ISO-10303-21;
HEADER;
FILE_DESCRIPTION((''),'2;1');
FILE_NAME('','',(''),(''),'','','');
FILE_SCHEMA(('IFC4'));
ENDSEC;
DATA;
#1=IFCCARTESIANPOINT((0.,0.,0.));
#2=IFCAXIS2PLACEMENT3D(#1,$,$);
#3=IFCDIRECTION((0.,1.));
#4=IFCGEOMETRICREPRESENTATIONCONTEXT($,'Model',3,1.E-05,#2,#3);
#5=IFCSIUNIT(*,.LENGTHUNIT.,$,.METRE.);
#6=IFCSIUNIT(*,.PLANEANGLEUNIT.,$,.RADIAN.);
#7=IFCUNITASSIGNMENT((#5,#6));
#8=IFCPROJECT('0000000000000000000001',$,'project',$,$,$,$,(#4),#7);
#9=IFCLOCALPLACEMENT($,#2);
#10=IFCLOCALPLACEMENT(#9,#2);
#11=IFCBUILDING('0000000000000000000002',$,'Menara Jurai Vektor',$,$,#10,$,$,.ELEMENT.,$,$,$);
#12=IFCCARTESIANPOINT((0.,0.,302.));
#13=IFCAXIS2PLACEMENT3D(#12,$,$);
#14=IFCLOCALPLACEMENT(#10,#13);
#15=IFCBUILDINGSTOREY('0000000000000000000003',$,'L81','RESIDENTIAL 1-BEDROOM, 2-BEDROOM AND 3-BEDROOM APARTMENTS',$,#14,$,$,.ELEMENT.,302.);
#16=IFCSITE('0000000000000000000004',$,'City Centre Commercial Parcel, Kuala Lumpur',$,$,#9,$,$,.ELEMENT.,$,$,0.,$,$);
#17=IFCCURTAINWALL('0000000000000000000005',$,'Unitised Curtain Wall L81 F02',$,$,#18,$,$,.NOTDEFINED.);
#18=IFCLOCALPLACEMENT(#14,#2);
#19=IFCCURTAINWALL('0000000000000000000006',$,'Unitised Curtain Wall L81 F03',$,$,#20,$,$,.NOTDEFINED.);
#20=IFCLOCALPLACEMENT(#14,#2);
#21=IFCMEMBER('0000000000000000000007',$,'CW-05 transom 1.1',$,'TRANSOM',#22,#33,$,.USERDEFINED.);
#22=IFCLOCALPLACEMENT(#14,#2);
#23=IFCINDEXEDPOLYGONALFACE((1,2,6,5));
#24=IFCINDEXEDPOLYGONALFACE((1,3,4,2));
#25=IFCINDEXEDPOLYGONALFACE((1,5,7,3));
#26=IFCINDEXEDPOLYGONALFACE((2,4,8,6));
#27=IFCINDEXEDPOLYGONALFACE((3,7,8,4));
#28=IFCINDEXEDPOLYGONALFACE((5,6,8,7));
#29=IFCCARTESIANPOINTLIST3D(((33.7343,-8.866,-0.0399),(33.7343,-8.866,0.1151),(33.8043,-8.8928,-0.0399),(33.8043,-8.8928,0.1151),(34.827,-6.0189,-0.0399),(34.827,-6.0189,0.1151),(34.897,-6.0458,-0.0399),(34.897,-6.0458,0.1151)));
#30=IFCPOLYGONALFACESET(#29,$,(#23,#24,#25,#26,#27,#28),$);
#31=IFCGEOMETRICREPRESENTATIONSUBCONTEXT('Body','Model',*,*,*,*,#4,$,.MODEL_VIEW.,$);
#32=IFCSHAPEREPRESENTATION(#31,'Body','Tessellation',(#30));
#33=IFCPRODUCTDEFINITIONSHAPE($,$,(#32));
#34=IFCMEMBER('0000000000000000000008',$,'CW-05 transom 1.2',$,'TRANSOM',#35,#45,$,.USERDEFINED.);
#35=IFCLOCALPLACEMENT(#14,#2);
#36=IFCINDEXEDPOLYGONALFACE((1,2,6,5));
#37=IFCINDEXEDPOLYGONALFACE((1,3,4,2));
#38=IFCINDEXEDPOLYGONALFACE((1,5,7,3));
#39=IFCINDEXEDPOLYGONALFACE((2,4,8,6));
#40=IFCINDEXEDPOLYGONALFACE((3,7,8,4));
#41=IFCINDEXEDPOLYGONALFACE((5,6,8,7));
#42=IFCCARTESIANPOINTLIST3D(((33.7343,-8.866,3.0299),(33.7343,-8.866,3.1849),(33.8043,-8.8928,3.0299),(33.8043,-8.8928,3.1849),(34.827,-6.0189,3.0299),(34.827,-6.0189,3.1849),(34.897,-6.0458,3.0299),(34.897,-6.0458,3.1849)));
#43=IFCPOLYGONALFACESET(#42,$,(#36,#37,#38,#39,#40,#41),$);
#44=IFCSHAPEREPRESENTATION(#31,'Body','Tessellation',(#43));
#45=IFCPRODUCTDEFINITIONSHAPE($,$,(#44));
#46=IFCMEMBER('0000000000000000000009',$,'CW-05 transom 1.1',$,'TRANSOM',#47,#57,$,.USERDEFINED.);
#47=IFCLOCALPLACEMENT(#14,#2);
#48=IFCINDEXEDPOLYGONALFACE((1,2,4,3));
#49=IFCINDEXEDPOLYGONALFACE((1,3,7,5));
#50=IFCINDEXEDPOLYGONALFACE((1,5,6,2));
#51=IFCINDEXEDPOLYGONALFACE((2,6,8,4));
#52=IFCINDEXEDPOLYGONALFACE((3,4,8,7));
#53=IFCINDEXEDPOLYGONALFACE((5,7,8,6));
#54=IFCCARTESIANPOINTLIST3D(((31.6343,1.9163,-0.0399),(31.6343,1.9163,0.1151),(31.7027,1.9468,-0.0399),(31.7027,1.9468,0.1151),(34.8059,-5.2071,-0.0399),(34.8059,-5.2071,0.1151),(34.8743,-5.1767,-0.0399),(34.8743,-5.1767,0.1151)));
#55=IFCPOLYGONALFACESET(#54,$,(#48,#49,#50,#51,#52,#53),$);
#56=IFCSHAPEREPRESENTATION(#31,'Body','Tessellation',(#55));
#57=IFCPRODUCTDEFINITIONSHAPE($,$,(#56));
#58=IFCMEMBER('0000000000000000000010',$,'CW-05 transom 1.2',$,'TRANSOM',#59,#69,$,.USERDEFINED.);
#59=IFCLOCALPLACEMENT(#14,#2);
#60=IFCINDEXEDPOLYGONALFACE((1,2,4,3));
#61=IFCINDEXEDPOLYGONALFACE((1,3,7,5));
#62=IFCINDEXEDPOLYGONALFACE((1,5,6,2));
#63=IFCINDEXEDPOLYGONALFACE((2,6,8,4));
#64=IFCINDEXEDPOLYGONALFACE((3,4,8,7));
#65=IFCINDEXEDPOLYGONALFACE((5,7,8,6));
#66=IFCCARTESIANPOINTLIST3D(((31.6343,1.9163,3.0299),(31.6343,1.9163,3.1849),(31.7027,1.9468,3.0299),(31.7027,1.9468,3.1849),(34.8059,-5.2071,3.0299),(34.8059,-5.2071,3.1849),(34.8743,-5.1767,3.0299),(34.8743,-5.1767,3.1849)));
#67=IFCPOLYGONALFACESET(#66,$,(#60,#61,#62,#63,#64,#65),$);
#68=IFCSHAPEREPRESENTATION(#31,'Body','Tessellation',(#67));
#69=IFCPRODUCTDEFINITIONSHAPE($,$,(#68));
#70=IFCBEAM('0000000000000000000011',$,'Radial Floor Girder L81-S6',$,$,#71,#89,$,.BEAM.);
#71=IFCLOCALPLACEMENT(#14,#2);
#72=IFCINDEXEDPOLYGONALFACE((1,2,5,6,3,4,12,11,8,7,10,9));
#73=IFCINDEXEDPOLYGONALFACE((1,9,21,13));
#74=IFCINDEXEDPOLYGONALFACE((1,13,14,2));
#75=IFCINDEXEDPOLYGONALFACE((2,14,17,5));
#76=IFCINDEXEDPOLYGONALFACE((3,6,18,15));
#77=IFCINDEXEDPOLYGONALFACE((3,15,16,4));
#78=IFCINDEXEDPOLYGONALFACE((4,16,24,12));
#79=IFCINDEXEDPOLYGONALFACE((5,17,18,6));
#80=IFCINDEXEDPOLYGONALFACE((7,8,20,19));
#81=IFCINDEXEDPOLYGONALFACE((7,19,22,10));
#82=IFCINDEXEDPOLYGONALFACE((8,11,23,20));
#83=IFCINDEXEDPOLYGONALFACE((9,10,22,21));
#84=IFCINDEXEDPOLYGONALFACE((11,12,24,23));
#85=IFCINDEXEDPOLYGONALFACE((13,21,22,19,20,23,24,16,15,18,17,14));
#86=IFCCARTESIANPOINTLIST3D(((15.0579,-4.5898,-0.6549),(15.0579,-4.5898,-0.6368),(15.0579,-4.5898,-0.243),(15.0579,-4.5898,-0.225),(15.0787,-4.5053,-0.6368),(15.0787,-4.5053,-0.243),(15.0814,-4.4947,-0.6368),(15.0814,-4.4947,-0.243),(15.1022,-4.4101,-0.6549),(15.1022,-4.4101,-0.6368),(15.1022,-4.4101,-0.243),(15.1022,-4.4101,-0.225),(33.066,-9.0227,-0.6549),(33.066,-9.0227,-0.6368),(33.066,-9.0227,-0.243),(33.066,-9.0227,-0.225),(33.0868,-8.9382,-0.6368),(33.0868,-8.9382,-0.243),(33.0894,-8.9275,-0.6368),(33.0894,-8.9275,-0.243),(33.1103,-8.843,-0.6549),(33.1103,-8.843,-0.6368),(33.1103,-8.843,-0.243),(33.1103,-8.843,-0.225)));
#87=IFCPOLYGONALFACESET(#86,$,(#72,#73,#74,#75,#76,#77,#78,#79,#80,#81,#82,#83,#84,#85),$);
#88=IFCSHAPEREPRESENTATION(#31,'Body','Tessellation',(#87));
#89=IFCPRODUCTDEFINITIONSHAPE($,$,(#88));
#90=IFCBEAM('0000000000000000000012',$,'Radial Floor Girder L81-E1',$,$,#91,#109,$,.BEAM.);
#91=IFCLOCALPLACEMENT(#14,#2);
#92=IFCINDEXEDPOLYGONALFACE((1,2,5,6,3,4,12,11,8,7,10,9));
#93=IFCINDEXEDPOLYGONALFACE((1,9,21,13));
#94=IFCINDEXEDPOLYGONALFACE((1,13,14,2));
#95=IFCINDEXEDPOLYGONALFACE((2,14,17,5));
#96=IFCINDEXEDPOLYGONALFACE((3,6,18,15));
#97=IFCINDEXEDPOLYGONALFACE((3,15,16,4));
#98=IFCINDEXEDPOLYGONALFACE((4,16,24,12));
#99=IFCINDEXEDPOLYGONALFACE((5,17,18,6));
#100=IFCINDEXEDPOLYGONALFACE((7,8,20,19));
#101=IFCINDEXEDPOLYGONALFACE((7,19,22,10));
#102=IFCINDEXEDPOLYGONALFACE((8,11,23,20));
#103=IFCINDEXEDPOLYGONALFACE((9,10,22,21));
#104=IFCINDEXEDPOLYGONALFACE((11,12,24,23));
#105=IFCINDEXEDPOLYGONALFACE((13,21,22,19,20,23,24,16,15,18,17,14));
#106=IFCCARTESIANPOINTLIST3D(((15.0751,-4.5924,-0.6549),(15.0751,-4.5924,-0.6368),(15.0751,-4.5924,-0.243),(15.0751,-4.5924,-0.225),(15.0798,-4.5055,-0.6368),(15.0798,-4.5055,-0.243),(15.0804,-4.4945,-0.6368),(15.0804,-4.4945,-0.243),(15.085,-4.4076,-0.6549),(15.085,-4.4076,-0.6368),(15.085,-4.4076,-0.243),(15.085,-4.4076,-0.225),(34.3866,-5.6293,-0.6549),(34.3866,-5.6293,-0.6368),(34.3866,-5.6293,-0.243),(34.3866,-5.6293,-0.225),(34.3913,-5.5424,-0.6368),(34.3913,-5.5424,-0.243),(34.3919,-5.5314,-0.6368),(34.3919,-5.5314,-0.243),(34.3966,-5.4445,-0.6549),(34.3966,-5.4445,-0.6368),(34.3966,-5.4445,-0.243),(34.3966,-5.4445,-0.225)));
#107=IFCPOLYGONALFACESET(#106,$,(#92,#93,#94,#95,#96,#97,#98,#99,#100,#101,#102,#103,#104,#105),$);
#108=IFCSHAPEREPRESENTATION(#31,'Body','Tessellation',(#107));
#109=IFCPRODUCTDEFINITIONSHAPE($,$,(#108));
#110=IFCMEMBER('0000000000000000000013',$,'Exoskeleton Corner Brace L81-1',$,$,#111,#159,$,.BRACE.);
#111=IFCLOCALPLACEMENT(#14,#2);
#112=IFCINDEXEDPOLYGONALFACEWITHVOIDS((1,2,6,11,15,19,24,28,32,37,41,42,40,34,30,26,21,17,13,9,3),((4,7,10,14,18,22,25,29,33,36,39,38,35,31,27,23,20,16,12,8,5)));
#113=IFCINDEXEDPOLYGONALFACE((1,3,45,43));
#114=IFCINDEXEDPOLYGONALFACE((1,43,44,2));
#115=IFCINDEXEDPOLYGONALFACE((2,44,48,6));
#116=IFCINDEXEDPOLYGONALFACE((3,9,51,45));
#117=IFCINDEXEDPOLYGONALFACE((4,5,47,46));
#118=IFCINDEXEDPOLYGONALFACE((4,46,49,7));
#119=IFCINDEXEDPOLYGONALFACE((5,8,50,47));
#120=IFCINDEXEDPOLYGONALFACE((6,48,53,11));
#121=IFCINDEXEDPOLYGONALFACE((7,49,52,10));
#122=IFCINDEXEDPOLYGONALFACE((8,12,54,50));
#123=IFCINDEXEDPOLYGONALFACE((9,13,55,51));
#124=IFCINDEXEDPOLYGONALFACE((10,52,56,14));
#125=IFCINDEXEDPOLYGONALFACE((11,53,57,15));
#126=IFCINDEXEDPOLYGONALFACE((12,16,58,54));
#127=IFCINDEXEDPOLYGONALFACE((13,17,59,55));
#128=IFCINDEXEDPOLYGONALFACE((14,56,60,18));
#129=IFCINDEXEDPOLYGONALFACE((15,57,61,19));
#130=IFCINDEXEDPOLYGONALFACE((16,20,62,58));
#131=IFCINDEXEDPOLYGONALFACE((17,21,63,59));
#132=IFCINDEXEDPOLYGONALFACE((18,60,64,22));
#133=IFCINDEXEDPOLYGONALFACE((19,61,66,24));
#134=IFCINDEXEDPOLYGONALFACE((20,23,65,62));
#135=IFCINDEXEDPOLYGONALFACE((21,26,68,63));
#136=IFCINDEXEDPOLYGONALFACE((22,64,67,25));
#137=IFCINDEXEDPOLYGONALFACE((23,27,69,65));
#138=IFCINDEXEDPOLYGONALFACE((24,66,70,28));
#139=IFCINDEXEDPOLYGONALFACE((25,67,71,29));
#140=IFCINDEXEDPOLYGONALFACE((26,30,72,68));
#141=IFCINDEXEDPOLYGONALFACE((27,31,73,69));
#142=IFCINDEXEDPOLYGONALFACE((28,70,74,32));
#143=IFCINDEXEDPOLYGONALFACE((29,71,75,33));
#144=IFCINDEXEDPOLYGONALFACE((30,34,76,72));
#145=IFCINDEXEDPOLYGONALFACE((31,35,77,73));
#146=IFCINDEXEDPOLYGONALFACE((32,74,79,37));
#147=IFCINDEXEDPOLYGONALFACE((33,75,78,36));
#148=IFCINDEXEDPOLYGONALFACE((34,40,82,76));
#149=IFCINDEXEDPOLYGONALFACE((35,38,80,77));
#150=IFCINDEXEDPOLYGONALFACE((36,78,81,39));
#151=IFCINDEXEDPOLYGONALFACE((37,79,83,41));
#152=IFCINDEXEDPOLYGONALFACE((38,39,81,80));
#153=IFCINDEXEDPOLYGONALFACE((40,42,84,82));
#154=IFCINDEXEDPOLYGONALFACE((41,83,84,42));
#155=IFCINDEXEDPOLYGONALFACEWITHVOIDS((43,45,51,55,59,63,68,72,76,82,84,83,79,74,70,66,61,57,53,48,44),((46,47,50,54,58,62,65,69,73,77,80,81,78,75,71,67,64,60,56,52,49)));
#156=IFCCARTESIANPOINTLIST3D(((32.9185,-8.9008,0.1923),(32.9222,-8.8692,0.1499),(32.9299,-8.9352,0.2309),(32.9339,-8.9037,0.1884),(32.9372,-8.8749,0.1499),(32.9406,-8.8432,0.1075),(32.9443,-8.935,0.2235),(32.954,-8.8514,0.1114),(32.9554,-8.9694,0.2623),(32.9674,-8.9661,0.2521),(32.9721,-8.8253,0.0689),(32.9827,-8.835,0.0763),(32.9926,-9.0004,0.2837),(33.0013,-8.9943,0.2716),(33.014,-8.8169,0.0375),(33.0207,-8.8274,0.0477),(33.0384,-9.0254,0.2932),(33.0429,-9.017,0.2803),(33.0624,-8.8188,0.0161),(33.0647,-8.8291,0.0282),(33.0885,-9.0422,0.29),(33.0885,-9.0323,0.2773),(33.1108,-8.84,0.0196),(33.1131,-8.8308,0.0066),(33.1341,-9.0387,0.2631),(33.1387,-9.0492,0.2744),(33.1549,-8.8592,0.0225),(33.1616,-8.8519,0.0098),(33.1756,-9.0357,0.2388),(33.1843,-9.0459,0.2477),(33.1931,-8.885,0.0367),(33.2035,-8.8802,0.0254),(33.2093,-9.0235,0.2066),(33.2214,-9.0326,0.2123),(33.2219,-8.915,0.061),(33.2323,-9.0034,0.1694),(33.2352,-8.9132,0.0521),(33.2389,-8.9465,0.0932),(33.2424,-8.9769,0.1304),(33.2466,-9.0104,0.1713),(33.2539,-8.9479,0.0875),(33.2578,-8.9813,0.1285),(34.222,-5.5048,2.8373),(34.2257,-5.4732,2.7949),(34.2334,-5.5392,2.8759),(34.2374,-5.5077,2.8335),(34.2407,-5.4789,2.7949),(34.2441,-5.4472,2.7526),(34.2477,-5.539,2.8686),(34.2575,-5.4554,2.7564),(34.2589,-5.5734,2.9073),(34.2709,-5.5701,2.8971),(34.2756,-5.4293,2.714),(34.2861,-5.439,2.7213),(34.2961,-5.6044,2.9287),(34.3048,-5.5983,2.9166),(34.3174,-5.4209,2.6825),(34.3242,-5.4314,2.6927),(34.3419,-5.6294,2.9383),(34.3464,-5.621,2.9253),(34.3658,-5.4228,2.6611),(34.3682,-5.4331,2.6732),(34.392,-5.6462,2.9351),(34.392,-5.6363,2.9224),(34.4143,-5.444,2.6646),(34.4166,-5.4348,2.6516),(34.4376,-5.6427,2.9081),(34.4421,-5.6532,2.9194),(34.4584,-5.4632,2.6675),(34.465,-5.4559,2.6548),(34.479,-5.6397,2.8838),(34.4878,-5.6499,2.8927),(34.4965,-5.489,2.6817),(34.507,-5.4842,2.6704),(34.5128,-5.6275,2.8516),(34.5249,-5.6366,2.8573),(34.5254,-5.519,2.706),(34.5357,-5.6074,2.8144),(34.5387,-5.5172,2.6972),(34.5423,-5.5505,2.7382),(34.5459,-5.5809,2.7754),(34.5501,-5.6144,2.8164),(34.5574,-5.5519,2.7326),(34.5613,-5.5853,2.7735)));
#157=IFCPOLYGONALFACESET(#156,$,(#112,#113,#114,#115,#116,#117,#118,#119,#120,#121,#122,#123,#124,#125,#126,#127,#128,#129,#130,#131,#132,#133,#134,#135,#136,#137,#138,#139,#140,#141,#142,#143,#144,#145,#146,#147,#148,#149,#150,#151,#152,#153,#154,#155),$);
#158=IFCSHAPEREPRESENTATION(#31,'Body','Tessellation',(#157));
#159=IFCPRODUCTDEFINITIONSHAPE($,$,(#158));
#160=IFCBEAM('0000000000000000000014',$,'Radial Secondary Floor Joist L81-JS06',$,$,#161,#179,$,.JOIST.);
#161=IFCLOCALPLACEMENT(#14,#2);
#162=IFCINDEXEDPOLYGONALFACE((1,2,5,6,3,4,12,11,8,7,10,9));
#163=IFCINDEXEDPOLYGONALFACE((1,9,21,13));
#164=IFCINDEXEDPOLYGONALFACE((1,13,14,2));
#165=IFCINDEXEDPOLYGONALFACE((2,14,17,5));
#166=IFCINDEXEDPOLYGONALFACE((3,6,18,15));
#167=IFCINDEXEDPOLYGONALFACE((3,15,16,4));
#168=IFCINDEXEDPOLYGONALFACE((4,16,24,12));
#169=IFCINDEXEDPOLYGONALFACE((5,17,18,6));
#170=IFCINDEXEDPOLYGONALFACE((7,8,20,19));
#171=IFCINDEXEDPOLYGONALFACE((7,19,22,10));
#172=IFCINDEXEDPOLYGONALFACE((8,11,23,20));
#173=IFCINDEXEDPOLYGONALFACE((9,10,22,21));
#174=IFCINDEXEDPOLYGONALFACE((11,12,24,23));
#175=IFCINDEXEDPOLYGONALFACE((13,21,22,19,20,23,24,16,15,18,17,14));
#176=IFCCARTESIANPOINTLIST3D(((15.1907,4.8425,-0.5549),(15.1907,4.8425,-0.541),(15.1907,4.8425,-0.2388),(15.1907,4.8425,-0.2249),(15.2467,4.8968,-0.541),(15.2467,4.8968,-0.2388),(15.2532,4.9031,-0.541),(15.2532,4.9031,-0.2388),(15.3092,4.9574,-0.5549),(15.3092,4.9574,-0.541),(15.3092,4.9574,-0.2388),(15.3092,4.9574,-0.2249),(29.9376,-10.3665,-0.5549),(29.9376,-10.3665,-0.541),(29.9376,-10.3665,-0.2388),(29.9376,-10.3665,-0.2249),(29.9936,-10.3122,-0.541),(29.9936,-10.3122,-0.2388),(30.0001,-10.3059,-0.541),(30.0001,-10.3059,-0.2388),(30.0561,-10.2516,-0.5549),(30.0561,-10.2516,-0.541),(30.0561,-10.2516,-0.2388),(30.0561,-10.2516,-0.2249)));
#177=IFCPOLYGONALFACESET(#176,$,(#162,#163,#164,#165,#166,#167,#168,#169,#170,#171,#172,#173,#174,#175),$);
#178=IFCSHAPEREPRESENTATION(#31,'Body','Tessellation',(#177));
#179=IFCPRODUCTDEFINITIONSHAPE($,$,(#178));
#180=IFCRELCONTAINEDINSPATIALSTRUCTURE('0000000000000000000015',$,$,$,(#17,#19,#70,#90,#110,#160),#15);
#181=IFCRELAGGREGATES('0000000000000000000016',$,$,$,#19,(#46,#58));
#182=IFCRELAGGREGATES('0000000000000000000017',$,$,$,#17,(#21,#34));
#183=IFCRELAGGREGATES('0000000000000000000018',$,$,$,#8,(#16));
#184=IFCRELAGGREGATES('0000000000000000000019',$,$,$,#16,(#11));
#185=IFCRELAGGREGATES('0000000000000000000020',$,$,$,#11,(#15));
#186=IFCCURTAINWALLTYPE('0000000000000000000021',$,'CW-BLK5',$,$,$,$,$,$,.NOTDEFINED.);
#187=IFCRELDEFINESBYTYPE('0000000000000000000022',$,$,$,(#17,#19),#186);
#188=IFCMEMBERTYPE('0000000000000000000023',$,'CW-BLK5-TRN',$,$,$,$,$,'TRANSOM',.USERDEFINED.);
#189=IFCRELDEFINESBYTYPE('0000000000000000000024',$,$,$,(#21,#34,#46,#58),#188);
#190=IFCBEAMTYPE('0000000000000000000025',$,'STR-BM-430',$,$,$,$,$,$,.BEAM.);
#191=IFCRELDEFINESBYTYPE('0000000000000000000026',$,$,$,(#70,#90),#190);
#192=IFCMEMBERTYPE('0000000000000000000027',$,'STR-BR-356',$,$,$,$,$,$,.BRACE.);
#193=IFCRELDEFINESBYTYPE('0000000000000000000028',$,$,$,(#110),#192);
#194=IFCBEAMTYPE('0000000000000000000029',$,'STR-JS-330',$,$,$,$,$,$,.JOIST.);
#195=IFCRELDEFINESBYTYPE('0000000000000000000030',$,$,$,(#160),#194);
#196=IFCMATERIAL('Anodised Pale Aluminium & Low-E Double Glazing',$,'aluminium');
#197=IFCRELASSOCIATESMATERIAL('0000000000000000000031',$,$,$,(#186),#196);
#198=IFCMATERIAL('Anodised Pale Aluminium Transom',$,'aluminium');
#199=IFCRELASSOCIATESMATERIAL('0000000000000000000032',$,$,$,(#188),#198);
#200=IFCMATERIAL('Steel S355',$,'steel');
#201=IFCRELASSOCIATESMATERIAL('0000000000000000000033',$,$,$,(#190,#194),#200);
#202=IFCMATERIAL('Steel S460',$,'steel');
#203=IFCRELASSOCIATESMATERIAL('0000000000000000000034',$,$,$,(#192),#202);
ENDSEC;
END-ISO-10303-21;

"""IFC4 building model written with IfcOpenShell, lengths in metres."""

from ifc_helpers import new_model, si_unit, direction, frame, origin, origin_2d, place, context, subcontext, project, spatial, rectangle, hollow_circle, i_section, extrude, material, material_profile, profile_set, type_object, element, aggregate, save


model = new_model("IFC4")

# Units and contexts
model_context = context("Model", 3, precision=1e-05, world=origin(), true_north=direction((0.0, 1.0)))
body_context = subcontext(model_context, "Body", "Model", "MODEL_VIEW")
ifc_project = project(units=[si_unit("LENGTHUNIT", "METRE"), si_unit("PLANEANGLEUNIT", "RADIAN")], contexts=[model_context])

# Site, building, storey
site_placement = place(None, origin())
site = spatial("IfcSite", under=ifc_project, at=site_placement, Name="City Centre Commercial Parcel, Kuala Lumpur", CompositionType="ELEMENT", RefElevation=0.0)
building_placement = place(site_placement, origin())
building = spatial("IfcBuilding", under=site, at=building_placement, Name="Menara Jurai Vektor", CompositionType="ELEMENT")
storey_placement = place(building_placement, frame((0.0, 0.0, 302.0)))
storey = spatial("IfcBuildingStorey", under=building, at=storey_placement, Name="L81", Description="RESIDENTIAL 1-BEDROOM, 2-BEDROOM AND 3-BEDROOM APARTMENTS", CompositionType="ELEMENT", Elevation=302.0)

# Shared definitions
ifc_material_1 = material(Name="Steel S460", Category="steel")

# Curtain wall
ifc_material_2 = material(Name="Anodised Pale Aluminium & Low-E Double Glazing", Category="aluminium")
curtain_wall_type = type_object("IfcCurtainWallType", Name="CW-BLK5", PredefinedType="NOTDEFINED", material=ifc_material_2)
curtain_wall_1_placement = place(storey_placement, origin())
curtain_wall_1 = element("IfcCurtainWall", 1, at=curtain_wall_1_placement, inside=storey, type_object=curtain_wall_type, Name="Unitised Curtain Wall L81 F02", PredefinedType="NOTDEFINED")

# Curtain wall
curtain_wall_2_placement = place(storey_placement, origin())
curtain_wall_2 = element("IfcCurtainWall", 2, at=curtain_wall_2_placement, inside=storey, type_object=curtain_wall_type, Name="Unitised Curtain Wall L81 F03", PredefinedType="NOTDEFINED")

# Members
ifc_material_3 = material(Name="Anodised Pale Aluminium Transom", Category="aluminium")
ifc_material_profile_1 = material_profile(ifc_material_3, rectangle(XDim=0.075, YDim=0.155, at=origin_2d()), Name="ALU TRN 75x155")
ifc_profile_set_1 = profile_set([ifc_material_profile_1], Name="Anodised Pale Aluminium Transom")
member_type_1 = type_object("IfcMemberType", Name="CW-BLK5-TRN", ElementType="TRANSOM", PredefinedType="USERDEFINED", material=ifc_profile_set_1)
member_1_placement = place(storey_placement, frame((33.7693, -8.8794, 0.0376), z_axis=(0.358325, 0.933597, 0.0), x_axis=(-0.933597, 0.358325, 0.0)))
member_1 = element("IfcMember", 3, at=member_1_placement, type_object=member_type_1, Name="CW-05 transom 1.1", ObjectType="TRANSOM", PredefinedType="USERDEFINED", context=body_context, shape_type="SweptSolid", body=[
    extrude(rectangle(XDim=0.075, YDim=0.155, at=origin_2d()), origin(), (0.0, 0.0, 1.0), 3.0496),
])
member_2_placement = place(storey_placement, frame((33.7693, -8.8794, 3.1074), z_axis=(0.358325, 0.933597, 0.0), x_axis=(-0.933597, 0.358325, 0.0)))
member_2 = element("IfcMember", 4, at=member_2_placement, type_object=member_type_1, Name="CW-05 transom 1.2", ObjectType="TRANSOM", PredefinedType="USERDEFINED", context=body_context, shape_type="SweptSolid", body=[
    extrude(rectangle(XDim=0.075, YDim=0.155, at=origin_2d()), origin(), (0.0, 0.0, 1.0), 3.0496),
])
member_3_placement = place(storey_placement, frame((34.8401, -5.1919, 0.0376), z_axis=(-0.40674, 0.913544, 0.0), x_axis=(-0.913544, -0.40674, 0.0)))
member_3 = element("IfcMember", 5, at=member_3_placement, type_object=member_type_1, Name="CW-05 transom 1.1", ObjectType="TRANSOM", PredefinedType="USERDEFINED", context=body_context, shape_type="SweptSolid", body=[
    extrude(rectangle(XDim=0.075, YDim=0.155, at=origin_2d()), origin(), (0.0, 0.0, 1.0), 7.7976),
])
member_4_placement = place(storey_placement, frame((34.8401, -5.1919, 3.1074), z_axis=(-0.40674, 0.913544, 0.0), x_axis=(-0.913544, -0.40674, 0.0)))
member_4 = element("IfcMember", 6, at=member_4_placement, type_object=member_type_1, Name="CW-05 transom 1.2", ObjectType="TRANSOM", PredefinedType="USERDEFINED", context=body_context, shape_type="SweptSolid", body=[
    extrude(rectangle(XDim=0.075, YDim=0.155, at=origin_2d()), origin(), (0.0, 0.0, 1.0), 7.7976),
])

# Beams
ifc_material_4 = material(Name="Steel S355", Category="steel")
ifc_material_profile_2 = material_profile(ifc_material_4, i_section(OverallWidth=0.1851, OverallDepth=0.4299, WebThickness=0.011, FlangeThickness=0.0181, at=origin_2d()), Name="PG 430x185x76")
ifc_profile_set_2 = profile_set([ifc_material_profile_2], Name="Steel S355")
beam_type_1 = type_object("IfcBeamType", Name="STR-BM-430", PredefinedType="BEAM", material=ifc_profile_set_2)
beam_1_placement = place(storey_placement, frame((33.0881, -8.9329, -0.4399), z_axis=(-0.971014, 0.239025, 0.0), x_axis=(-0.239025, -0.971014, 0.0)))
element("IfcBeam", 7, at=beam_1_placement, inside=storey, type_object=beam_type_1, Name="Radial Floor Girder L81-S6", PredefinedType="BEAM", context=body_context, shape_type="SweptSolid", body=[
    extrude(i_section(OverallWidth=0.1851, OverallDepth=0.4299, WebThickness=0.011, FlangeThickness=0.0181, at=origin_2d()), origin(), (0.0, 0.0, 1.0), 18.5457),
])
beam_2_placement = place(storey_placement, frame((34.3916, -5.5369, -0.4399), z_axis=(-0.998562, 0.053614, 0.0), x_axis=(-0.053614, -0.998562, 0.0)))
element("IfcBeam", 8, at=beam_2_placement, inside=storey, type_object=beam_type_1, Name="Radial Floor Girder L81-E1", PredefinedType="BEAM", context=body_context, shape_type="SweptSolid", body=[
    extrude(i_section(OverallWidth=0.1851, OverallDepth=0.4299, WebThickness=0.011, FlangeThickness=0.0181, at=origin_2d()), origin(), (0.0, 0.0, 1.0), 19.3394),
])

# Member
ifc_material_profile_3 = material_profile(ifc_material_1, hollow_circle(Radius=0.1777, WallThickness=0.0161, at=origin_2d()), Name="CHS 355.6x16")
ifc_profile_set_3 = profile_set([ifc_material_profile_3], Name="Steel S460")
member_type_2 = type_object("IfcMemberType", Name="STR-BR-356", PredefinedType="BRACE", material=ifc_profile_set_3)
member_5_placement = place(storey_placement, frame((33.0881, -8.9329, 0.1499), z_axis=(0.289817, 0.755077, 0.588102), x_axis=(-0.933593, 0.358336, 0.0)))
element("IfcMember", 9, at=member_5_placement, inside=storey, type_object=member_type_2, Name="Exoskeleton Corner Brace L81-1", PredefinedType="BRACE", context=body_context, shape_type="SweptSolid", body=[
    extrude(hollow_circle(Radius=0.1777, WallThickness=0.0161, at=origin_2d()), origin(), (0.0, 0.0, 1.0), 4.4976),
])

# Beam
ifc_material_profile_4 = material_profile(ifc_material_4, i_section(OverallWidth=0.165, OverallDepth=0.3301, WebThickness=0.009, FlangeThickness=0.0139, at=origin_2d()), Name="PG 330x165x46")
ifc_profile_set_4 = profile_set([ifc_material_profile_4], Name="Steel S355")
beam_type_2 = type_object("IfcBeamType", Name="STR-JS-330", PredefinedType="JOIST", material=ifc_profile_set_4)
beam_3_placement = place(storey_placement, frame((29.9968, -10.3091, -0.3899), z_axis=(-0.696115, 0.717931, 0.0), x_axis=(-0.717931, -0.696115, 0.0)))
element("IfcBeam", 10, at=beam_3_placement, inside=storey, type_object=beam_type_2, Name="Radial Secondary Floor Joist L81-JS06", PredefinedType="JOIST", context=body_context, shape_type="SweptSolid", body=[
    extrude(i_section(OverallWidth=0.165, OverallDepth=0.3301, WebThickness=0.009, FlangeThickness=0.0139, at=origin_2d()), origin(), (0.0, 0.0, 1.0), 21.1846),
])

aggregate(curtain_wall_2, [member_3, member_4])
aggregate(curtain_wall_1, [member_1, member_2])

save(model, "model.ifc")
